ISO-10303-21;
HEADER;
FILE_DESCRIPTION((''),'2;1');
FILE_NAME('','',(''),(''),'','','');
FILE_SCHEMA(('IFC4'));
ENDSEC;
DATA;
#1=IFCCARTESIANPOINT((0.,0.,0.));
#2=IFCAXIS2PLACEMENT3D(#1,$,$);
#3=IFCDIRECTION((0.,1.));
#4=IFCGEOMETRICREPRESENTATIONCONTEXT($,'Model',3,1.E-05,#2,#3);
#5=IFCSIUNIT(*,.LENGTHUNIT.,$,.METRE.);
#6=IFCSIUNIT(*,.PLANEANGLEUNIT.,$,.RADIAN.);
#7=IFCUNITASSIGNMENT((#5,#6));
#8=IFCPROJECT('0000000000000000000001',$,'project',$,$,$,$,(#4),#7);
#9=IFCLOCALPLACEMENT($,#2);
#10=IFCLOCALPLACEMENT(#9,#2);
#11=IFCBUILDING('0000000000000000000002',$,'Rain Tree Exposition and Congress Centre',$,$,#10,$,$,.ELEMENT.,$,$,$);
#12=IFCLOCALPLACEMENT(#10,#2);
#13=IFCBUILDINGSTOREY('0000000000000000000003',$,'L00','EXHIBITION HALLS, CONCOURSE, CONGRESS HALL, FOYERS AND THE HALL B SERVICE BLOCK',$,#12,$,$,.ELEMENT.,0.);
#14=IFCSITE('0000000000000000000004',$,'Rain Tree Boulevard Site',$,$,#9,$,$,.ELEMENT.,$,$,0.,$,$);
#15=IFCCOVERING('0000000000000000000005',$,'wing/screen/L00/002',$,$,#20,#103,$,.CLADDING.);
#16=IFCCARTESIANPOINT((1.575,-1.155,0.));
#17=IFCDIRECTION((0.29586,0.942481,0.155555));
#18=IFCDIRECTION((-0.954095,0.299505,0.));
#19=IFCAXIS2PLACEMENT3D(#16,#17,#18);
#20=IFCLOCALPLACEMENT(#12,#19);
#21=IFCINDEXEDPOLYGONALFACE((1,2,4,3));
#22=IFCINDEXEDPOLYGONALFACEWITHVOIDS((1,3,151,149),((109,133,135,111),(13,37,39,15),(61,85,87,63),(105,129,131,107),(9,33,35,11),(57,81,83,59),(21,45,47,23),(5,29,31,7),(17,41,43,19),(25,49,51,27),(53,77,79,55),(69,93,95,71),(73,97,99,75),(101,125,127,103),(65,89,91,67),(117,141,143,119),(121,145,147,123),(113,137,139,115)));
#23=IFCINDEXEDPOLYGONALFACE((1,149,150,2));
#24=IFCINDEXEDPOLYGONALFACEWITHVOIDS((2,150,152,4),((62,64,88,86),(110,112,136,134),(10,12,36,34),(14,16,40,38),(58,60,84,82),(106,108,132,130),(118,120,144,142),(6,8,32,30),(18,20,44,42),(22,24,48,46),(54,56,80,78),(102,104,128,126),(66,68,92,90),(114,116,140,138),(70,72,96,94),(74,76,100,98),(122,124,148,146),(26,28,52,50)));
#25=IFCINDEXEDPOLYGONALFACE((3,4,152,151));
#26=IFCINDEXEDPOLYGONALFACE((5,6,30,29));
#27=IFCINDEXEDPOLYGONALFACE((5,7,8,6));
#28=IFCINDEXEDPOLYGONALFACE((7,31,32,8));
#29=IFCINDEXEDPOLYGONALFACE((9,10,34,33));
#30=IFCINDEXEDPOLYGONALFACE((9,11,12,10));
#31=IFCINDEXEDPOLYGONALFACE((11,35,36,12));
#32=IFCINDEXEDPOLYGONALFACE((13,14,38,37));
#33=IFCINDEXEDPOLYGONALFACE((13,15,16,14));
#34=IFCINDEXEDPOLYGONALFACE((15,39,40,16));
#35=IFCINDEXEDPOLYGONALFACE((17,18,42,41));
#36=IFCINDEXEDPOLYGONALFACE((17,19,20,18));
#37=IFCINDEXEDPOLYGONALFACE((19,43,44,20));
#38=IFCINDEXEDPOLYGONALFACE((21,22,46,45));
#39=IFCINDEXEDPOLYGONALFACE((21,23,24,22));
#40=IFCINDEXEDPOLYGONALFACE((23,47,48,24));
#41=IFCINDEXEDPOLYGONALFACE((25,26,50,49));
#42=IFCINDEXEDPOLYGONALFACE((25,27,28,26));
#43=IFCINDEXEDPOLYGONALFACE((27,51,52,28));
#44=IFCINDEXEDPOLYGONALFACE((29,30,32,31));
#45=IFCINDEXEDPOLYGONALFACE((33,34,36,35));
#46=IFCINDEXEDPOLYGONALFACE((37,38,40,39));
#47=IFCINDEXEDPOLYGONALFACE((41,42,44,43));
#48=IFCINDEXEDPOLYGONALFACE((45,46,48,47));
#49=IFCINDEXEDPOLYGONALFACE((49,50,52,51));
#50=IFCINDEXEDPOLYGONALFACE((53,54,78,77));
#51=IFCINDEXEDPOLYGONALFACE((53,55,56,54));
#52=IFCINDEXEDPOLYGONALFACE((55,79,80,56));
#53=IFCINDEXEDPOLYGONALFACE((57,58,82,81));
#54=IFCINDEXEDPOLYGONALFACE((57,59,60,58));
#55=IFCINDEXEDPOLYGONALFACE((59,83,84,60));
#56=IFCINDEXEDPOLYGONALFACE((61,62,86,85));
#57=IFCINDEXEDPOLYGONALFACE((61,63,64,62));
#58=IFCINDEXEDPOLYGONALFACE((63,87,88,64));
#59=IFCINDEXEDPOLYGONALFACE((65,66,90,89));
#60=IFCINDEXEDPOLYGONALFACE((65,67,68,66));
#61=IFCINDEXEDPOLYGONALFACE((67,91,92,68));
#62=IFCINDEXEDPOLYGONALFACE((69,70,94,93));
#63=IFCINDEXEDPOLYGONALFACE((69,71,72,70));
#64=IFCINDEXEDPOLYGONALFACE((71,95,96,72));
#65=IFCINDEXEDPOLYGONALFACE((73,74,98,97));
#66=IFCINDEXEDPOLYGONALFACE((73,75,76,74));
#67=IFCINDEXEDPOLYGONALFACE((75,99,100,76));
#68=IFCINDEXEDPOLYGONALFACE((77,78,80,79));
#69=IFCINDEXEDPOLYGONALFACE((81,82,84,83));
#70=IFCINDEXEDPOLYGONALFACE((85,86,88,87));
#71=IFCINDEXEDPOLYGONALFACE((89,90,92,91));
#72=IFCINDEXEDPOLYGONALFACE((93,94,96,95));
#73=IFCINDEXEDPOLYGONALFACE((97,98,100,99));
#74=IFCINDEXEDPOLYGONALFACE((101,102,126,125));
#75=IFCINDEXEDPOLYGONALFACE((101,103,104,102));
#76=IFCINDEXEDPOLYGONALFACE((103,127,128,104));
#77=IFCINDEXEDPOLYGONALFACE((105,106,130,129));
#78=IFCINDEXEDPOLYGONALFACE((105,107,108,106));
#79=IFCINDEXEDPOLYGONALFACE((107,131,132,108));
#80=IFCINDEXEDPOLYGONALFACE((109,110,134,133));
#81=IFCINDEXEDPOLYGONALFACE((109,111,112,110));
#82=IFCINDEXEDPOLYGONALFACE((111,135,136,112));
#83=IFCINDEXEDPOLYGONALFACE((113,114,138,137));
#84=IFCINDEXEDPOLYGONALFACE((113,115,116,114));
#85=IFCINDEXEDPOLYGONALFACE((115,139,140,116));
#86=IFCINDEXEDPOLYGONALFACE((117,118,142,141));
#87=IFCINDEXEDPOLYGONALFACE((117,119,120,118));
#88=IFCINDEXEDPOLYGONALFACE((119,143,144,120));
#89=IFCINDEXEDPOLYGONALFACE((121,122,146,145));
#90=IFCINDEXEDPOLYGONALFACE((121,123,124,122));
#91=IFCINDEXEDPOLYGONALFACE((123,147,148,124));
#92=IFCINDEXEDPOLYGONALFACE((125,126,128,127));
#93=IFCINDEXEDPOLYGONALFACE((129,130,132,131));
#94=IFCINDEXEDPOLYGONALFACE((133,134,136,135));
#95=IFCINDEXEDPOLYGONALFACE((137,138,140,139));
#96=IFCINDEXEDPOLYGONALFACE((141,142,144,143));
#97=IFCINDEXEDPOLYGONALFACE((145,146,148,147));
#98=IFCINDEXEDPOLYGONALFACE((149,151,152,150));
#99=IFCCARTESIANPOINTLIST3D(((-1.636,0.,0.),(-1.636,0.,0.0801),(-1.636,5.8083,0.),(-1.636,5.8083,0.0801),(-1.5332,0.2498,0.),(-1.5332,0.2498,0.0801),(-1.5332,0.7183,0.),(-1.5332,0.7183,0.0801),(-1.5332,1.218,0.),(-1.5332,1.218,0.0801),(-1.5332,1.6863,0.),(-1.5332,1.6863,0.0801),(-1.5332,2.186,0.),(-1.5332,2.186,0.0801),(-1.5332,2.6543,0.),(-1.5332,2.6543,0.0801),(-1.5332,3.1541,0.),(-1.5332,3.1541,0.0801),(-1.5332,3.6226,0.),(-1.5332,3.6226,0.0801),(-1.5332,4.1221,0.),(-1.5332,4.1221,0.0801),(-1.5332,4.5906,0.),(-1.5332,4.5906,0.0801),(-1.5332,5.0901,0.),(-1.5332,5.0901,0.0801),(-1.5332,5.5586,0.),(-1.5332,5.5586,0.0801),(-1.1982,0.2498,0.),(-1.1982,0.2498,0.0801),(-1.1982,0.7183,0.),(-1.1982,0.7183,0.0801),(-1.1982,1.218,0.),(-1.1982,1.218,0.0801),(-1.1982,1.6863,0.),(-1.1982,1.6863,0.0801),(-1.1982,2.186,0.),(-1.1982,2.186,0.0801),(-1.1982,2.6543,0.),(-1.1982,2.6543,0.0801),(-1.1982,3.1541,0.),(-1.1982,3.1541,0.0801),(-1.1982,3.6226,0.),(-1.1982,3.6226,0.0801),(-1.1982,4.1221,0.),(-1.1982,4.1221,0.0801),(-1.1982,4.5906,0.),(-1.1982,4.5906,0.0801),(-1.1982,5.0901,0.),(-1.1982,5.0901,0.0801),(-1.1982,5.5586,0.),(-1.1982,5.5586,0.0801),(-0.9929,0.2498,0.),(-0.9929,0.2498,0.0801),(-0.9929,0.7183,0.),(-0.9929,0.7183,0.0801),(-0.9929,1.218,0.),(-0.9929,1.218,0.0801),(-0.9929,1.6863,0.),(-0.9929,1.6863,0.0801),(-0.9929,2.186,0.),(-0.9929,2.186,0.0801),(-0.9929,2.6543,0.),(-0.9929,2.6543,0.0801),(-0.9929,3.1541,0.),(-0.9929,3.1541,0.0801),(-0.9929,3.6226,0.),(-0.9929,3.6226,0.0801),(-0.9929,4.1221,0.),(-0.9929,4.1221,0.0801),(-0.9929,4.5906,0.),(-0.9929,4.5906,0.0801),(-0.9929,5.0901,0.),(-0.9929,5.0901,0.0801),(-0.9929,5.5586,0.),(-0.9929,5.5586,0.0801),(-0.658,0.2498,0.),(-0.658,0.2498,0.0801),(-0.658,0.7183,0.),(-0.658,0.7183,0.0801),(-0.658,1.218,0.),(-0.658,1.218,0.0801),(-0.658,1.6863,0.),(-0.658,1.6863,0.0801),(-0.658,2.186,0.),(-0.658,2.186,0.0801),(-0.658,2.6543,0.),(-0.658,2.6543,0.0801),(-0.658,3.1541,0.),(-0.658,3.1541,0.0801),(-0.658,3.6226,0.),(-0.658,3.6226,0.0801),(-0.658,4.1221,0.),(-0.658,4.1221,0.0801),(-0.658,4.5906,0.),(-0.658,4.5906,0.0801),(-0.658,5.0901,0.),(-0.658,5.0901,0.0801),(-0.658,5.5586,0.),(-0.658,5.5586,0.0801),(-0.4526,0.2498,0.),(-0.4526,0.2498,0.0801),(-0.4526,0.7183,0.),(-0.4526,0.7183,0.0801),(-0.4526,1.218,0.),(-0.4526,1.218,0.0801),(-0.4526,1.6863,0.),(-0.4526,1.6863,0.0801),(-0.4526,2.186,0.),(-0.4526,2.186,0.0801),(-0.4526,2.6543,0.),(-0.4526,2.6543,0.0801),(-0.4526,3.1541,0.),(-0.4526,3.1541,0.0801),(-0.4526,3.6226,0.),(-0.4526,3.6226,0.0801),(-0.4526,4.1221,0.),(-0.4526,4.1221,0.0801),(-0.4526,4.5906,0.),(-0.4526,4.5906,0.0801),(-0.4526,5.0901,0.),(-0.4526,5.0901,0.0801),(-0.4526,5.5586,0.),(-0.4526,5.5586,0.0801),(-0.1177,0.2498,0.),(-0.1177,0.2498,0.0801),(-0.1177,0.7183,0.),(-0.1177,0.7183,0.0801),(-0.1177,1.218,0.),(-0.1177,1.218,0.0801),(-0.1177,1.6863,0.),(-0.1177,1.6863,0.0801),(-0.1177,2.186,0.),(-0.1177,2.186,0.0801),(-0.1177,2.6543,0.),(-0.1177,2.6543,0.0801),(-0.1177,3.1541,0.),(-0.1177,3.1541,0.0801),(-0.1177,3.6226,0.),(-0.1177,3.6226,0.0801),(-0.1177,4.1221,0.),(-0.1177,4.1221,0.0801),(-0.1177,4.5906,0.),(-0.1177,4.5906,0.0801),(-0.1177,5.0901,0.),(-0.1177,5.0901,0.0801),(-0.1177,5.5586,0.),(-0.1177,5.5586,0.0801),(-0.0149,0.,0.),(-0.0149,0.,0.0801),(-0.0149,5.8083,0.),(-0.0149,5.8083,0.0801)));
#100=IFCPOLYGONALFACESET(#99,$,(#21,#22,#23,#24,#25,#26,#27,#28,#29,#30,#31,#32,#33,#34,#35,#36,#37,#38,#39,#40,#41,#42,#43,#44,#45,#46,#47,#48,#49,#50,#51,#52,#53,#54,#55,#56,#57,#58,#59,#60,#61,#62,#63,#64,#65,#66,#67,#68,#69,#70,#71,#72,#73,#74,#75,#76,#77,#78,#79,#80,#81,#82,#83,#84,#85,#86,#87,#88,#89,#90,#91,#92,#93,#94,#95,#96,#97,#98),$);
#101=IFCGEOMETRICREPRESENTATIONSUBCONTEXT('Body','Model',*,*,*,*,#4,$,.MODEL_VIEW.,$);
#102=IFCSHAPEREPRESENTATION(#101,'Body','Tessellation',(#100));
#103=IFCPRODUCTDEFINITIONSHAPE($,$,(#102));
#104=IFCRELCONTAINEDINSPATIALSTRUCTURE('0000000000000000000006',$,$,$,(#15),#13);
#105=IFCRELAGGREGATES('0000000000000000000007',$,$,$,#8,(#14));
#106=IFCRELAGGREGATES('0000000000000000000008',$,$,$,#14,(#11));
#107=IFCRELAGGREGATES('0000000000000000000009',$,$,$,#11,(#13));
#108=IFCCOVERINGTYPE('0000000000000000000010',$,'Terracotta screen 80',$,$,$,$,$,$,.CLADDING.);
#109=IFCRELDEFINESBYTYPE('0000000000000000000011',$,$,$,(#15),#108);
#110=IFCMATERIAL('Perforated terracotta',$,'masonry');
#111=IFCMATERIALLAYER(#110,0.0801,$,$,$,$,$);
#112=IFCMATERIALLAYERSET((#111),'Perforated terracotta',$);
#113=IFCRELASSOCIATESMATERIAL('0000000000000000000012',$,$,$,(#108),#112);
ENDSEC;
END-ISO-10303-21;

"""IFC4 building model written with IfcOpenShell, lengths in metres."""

from ifc_helpers import new_model, si_unit, direction, frame, origin, place, context, subcontext, project, spatial, polyline, outline, extrude, material, layer, layer_set, type_object, element, save


model = new_model("IFC4")

# Units and contexts
model_context = context("Model", 3, precision=1e-05, world=origin(), true_north=direction((0.0, 1.0)))
body_context = subcontext(model_context, "Body", "Model", "MODEL_VIEW")
ifc_project = project(units=[si_unit("LENGTHUNIT", "METRE"), si_unit("PLANEANGLEUNIT", "RADIAN")], contexts=[model_context])

# Site, building, storey
site_placement = place(None, origin())
site = spatial("IfcSite", under=ifc_project, at=site_placement, Name="Rain Tree Boulevard Site", CompositionType="ELEMENT", RefElevation=0.0)
building_placement = place(site_placement, origin())
building = spatial("IfcBuilding", under=site, at=building_placement, Name="Rain Tree Exposition and Congress Centre", CompositionType="ELEMENT")
storey_placement = place(building_placement, origin())
storey = spatial("IfcBuildingStorey", under=building, at=storey_placement, Name="L00", Description="EXHIBITION HALLS, CONCOURSE, CONGRESS HALL, FOYERS AND THE HALL B SERVICE BLOCK", CompositionType="ELEMENT", Elevation=0.0)

# Covering
ifc_material_1 = material(Name="Perforated terracotta", Category="masonry")
ifc_layer_1 = layer(ifc_material_1, 0.0801)
ifc_layer_set_1 = layer_set([ifc_layer_1], Name="Perforated terracotta")
covering_type = type_object("IfcCoveringType", Name="Terracotta screen 80", PredefinedType="CLADDING", material=ifc_layer_set_1)
covering_1_placement = place(storey_placement, frame((1.575, -1.155, 0.0), z_axis=(0.29586, 0.942481, 0.155555), x_axis=(-0.954095, 0.299505, 0.0)))
element("IfcCovering", 1, at=covering_1_placement, inside=storey, type_object=covering_type, Name="wing/screen/L00/002", PredefinedType="CLADDING", context=body_context, shape_type="SweptSolid", body=[
    extrude(outline(polyline([(-1.636, 0.0), (-1.636, 5.8083), (-0.0149, 5.8083), (-0.0149, 0.0), (-1.636, 0.0)]), holes=[polyline([(-0.1177, 0.2498), (-0.1177, 0.7183), (-0.4526, 0.7183), (-0.4526, 0.2498), (-0.1177, 0.2498)]), polyline([(-0.1177, 1.218), (-0.1177, 1.6863), (-0.4526, 1.6863), (-0.4526, 1.218), (-0.1177, 1.218)]), polyline([(-0.1177, 2.186), (-0.1177, 2.6543), (-0.4526, 2.6543), (-0.4526, 2.186), (-0.1177, 2.186)]), polyline([(-0.1177, 3.1541), (-0.1177, 3.6226), (-0.4526, 3.6226), (-0.4526, 3.1541), (-0.1177, 3.1541)]), polyline([(-0.1177, 4.1221), (-0.1177, 4.5906), (-0.4526, 4.5906), (-0.4526, 4.1221), (-0.1177, 4.1221)]), polyline([(-0.1177, 5.0901), (-0.1177, 5.5586), (-0.4526, 5.5586), (-0.4526, 5.0901), (-0.1177, 5.0901)]), polyline([(-0.658, 0.2498), (-0.658, 0.7183), (-0.9929, 0.7183), (-0.9929, 0.2498), (-0.658, 0.2498)]), polyline([(-0.658, 1.218), (-0.658, 1.6863), (-0.9929, 1.6863), (-0.9929, 1.218), (-0.658, 1.218)]), polyline([(-0.658, 2.186), (-0.658, 2.6543), (-0.9929, 2.6543), (-0.9929, 2.186), (-0.658, 2.186)]), polyline([(-0.658, 3.1541), (-0.658, 3.6226), (-0.9929, 3.6226), (-0.9929, 3.1541), (-0.658, 3.1541)]), polyline([(-0.658, 4.1221), (-0.658, 4.5906), (-0.9929, 4.5906), (-0.9929, 4.1221), (-0.658, 4.1221)]), polyline([(-0.658, 5.0901), (-0.658, 5.5586), (-0.9929, 5.5586), (-0.9929, 5.0901), (-0.658, 5.0901)]), polyline([(-1.1982, 0.2498), (-1.1982, 0.7183), (-1.5332, 0.7183), (-1.5332, 0.2498), (-1.1982, 0.2498)]), polyline([(-1.1982, 1.218), (-1.1982, 1.6863), (-1.5332, 1.6863), (-1.5332, 1.218), (-1.1982, 1.218)]), polyline([(-1.1982, 2.186), (-1.1982, 2.6543), (-1.5332, 2.6543), (-1.5332, 2.186), (-1.1982, 2.186)]), polyline([(-1.1982, 3.1541), (-1.1982, 3.6226), (-1.5332, 3.6226), (-1.5332, 3.1541), (-1.1982, 3.1541)]), polyline([(-1.1982, 4.1221), (-1.1982, 4.5906), (-1.5332, 4.5906), (-1.5332, 4.1221), (-1.1982, 4.1221)]), polyline([(-1.1982, 5.0901), (-1.1982, 5.5586), (-1.5332, 5.5586), (-1.5332, 5.0901), (-1.1982, 5.0901)])]), origin(), (0.0, 0.0, 1.0), 0.0801),
])

save(model, "model.ifc")
